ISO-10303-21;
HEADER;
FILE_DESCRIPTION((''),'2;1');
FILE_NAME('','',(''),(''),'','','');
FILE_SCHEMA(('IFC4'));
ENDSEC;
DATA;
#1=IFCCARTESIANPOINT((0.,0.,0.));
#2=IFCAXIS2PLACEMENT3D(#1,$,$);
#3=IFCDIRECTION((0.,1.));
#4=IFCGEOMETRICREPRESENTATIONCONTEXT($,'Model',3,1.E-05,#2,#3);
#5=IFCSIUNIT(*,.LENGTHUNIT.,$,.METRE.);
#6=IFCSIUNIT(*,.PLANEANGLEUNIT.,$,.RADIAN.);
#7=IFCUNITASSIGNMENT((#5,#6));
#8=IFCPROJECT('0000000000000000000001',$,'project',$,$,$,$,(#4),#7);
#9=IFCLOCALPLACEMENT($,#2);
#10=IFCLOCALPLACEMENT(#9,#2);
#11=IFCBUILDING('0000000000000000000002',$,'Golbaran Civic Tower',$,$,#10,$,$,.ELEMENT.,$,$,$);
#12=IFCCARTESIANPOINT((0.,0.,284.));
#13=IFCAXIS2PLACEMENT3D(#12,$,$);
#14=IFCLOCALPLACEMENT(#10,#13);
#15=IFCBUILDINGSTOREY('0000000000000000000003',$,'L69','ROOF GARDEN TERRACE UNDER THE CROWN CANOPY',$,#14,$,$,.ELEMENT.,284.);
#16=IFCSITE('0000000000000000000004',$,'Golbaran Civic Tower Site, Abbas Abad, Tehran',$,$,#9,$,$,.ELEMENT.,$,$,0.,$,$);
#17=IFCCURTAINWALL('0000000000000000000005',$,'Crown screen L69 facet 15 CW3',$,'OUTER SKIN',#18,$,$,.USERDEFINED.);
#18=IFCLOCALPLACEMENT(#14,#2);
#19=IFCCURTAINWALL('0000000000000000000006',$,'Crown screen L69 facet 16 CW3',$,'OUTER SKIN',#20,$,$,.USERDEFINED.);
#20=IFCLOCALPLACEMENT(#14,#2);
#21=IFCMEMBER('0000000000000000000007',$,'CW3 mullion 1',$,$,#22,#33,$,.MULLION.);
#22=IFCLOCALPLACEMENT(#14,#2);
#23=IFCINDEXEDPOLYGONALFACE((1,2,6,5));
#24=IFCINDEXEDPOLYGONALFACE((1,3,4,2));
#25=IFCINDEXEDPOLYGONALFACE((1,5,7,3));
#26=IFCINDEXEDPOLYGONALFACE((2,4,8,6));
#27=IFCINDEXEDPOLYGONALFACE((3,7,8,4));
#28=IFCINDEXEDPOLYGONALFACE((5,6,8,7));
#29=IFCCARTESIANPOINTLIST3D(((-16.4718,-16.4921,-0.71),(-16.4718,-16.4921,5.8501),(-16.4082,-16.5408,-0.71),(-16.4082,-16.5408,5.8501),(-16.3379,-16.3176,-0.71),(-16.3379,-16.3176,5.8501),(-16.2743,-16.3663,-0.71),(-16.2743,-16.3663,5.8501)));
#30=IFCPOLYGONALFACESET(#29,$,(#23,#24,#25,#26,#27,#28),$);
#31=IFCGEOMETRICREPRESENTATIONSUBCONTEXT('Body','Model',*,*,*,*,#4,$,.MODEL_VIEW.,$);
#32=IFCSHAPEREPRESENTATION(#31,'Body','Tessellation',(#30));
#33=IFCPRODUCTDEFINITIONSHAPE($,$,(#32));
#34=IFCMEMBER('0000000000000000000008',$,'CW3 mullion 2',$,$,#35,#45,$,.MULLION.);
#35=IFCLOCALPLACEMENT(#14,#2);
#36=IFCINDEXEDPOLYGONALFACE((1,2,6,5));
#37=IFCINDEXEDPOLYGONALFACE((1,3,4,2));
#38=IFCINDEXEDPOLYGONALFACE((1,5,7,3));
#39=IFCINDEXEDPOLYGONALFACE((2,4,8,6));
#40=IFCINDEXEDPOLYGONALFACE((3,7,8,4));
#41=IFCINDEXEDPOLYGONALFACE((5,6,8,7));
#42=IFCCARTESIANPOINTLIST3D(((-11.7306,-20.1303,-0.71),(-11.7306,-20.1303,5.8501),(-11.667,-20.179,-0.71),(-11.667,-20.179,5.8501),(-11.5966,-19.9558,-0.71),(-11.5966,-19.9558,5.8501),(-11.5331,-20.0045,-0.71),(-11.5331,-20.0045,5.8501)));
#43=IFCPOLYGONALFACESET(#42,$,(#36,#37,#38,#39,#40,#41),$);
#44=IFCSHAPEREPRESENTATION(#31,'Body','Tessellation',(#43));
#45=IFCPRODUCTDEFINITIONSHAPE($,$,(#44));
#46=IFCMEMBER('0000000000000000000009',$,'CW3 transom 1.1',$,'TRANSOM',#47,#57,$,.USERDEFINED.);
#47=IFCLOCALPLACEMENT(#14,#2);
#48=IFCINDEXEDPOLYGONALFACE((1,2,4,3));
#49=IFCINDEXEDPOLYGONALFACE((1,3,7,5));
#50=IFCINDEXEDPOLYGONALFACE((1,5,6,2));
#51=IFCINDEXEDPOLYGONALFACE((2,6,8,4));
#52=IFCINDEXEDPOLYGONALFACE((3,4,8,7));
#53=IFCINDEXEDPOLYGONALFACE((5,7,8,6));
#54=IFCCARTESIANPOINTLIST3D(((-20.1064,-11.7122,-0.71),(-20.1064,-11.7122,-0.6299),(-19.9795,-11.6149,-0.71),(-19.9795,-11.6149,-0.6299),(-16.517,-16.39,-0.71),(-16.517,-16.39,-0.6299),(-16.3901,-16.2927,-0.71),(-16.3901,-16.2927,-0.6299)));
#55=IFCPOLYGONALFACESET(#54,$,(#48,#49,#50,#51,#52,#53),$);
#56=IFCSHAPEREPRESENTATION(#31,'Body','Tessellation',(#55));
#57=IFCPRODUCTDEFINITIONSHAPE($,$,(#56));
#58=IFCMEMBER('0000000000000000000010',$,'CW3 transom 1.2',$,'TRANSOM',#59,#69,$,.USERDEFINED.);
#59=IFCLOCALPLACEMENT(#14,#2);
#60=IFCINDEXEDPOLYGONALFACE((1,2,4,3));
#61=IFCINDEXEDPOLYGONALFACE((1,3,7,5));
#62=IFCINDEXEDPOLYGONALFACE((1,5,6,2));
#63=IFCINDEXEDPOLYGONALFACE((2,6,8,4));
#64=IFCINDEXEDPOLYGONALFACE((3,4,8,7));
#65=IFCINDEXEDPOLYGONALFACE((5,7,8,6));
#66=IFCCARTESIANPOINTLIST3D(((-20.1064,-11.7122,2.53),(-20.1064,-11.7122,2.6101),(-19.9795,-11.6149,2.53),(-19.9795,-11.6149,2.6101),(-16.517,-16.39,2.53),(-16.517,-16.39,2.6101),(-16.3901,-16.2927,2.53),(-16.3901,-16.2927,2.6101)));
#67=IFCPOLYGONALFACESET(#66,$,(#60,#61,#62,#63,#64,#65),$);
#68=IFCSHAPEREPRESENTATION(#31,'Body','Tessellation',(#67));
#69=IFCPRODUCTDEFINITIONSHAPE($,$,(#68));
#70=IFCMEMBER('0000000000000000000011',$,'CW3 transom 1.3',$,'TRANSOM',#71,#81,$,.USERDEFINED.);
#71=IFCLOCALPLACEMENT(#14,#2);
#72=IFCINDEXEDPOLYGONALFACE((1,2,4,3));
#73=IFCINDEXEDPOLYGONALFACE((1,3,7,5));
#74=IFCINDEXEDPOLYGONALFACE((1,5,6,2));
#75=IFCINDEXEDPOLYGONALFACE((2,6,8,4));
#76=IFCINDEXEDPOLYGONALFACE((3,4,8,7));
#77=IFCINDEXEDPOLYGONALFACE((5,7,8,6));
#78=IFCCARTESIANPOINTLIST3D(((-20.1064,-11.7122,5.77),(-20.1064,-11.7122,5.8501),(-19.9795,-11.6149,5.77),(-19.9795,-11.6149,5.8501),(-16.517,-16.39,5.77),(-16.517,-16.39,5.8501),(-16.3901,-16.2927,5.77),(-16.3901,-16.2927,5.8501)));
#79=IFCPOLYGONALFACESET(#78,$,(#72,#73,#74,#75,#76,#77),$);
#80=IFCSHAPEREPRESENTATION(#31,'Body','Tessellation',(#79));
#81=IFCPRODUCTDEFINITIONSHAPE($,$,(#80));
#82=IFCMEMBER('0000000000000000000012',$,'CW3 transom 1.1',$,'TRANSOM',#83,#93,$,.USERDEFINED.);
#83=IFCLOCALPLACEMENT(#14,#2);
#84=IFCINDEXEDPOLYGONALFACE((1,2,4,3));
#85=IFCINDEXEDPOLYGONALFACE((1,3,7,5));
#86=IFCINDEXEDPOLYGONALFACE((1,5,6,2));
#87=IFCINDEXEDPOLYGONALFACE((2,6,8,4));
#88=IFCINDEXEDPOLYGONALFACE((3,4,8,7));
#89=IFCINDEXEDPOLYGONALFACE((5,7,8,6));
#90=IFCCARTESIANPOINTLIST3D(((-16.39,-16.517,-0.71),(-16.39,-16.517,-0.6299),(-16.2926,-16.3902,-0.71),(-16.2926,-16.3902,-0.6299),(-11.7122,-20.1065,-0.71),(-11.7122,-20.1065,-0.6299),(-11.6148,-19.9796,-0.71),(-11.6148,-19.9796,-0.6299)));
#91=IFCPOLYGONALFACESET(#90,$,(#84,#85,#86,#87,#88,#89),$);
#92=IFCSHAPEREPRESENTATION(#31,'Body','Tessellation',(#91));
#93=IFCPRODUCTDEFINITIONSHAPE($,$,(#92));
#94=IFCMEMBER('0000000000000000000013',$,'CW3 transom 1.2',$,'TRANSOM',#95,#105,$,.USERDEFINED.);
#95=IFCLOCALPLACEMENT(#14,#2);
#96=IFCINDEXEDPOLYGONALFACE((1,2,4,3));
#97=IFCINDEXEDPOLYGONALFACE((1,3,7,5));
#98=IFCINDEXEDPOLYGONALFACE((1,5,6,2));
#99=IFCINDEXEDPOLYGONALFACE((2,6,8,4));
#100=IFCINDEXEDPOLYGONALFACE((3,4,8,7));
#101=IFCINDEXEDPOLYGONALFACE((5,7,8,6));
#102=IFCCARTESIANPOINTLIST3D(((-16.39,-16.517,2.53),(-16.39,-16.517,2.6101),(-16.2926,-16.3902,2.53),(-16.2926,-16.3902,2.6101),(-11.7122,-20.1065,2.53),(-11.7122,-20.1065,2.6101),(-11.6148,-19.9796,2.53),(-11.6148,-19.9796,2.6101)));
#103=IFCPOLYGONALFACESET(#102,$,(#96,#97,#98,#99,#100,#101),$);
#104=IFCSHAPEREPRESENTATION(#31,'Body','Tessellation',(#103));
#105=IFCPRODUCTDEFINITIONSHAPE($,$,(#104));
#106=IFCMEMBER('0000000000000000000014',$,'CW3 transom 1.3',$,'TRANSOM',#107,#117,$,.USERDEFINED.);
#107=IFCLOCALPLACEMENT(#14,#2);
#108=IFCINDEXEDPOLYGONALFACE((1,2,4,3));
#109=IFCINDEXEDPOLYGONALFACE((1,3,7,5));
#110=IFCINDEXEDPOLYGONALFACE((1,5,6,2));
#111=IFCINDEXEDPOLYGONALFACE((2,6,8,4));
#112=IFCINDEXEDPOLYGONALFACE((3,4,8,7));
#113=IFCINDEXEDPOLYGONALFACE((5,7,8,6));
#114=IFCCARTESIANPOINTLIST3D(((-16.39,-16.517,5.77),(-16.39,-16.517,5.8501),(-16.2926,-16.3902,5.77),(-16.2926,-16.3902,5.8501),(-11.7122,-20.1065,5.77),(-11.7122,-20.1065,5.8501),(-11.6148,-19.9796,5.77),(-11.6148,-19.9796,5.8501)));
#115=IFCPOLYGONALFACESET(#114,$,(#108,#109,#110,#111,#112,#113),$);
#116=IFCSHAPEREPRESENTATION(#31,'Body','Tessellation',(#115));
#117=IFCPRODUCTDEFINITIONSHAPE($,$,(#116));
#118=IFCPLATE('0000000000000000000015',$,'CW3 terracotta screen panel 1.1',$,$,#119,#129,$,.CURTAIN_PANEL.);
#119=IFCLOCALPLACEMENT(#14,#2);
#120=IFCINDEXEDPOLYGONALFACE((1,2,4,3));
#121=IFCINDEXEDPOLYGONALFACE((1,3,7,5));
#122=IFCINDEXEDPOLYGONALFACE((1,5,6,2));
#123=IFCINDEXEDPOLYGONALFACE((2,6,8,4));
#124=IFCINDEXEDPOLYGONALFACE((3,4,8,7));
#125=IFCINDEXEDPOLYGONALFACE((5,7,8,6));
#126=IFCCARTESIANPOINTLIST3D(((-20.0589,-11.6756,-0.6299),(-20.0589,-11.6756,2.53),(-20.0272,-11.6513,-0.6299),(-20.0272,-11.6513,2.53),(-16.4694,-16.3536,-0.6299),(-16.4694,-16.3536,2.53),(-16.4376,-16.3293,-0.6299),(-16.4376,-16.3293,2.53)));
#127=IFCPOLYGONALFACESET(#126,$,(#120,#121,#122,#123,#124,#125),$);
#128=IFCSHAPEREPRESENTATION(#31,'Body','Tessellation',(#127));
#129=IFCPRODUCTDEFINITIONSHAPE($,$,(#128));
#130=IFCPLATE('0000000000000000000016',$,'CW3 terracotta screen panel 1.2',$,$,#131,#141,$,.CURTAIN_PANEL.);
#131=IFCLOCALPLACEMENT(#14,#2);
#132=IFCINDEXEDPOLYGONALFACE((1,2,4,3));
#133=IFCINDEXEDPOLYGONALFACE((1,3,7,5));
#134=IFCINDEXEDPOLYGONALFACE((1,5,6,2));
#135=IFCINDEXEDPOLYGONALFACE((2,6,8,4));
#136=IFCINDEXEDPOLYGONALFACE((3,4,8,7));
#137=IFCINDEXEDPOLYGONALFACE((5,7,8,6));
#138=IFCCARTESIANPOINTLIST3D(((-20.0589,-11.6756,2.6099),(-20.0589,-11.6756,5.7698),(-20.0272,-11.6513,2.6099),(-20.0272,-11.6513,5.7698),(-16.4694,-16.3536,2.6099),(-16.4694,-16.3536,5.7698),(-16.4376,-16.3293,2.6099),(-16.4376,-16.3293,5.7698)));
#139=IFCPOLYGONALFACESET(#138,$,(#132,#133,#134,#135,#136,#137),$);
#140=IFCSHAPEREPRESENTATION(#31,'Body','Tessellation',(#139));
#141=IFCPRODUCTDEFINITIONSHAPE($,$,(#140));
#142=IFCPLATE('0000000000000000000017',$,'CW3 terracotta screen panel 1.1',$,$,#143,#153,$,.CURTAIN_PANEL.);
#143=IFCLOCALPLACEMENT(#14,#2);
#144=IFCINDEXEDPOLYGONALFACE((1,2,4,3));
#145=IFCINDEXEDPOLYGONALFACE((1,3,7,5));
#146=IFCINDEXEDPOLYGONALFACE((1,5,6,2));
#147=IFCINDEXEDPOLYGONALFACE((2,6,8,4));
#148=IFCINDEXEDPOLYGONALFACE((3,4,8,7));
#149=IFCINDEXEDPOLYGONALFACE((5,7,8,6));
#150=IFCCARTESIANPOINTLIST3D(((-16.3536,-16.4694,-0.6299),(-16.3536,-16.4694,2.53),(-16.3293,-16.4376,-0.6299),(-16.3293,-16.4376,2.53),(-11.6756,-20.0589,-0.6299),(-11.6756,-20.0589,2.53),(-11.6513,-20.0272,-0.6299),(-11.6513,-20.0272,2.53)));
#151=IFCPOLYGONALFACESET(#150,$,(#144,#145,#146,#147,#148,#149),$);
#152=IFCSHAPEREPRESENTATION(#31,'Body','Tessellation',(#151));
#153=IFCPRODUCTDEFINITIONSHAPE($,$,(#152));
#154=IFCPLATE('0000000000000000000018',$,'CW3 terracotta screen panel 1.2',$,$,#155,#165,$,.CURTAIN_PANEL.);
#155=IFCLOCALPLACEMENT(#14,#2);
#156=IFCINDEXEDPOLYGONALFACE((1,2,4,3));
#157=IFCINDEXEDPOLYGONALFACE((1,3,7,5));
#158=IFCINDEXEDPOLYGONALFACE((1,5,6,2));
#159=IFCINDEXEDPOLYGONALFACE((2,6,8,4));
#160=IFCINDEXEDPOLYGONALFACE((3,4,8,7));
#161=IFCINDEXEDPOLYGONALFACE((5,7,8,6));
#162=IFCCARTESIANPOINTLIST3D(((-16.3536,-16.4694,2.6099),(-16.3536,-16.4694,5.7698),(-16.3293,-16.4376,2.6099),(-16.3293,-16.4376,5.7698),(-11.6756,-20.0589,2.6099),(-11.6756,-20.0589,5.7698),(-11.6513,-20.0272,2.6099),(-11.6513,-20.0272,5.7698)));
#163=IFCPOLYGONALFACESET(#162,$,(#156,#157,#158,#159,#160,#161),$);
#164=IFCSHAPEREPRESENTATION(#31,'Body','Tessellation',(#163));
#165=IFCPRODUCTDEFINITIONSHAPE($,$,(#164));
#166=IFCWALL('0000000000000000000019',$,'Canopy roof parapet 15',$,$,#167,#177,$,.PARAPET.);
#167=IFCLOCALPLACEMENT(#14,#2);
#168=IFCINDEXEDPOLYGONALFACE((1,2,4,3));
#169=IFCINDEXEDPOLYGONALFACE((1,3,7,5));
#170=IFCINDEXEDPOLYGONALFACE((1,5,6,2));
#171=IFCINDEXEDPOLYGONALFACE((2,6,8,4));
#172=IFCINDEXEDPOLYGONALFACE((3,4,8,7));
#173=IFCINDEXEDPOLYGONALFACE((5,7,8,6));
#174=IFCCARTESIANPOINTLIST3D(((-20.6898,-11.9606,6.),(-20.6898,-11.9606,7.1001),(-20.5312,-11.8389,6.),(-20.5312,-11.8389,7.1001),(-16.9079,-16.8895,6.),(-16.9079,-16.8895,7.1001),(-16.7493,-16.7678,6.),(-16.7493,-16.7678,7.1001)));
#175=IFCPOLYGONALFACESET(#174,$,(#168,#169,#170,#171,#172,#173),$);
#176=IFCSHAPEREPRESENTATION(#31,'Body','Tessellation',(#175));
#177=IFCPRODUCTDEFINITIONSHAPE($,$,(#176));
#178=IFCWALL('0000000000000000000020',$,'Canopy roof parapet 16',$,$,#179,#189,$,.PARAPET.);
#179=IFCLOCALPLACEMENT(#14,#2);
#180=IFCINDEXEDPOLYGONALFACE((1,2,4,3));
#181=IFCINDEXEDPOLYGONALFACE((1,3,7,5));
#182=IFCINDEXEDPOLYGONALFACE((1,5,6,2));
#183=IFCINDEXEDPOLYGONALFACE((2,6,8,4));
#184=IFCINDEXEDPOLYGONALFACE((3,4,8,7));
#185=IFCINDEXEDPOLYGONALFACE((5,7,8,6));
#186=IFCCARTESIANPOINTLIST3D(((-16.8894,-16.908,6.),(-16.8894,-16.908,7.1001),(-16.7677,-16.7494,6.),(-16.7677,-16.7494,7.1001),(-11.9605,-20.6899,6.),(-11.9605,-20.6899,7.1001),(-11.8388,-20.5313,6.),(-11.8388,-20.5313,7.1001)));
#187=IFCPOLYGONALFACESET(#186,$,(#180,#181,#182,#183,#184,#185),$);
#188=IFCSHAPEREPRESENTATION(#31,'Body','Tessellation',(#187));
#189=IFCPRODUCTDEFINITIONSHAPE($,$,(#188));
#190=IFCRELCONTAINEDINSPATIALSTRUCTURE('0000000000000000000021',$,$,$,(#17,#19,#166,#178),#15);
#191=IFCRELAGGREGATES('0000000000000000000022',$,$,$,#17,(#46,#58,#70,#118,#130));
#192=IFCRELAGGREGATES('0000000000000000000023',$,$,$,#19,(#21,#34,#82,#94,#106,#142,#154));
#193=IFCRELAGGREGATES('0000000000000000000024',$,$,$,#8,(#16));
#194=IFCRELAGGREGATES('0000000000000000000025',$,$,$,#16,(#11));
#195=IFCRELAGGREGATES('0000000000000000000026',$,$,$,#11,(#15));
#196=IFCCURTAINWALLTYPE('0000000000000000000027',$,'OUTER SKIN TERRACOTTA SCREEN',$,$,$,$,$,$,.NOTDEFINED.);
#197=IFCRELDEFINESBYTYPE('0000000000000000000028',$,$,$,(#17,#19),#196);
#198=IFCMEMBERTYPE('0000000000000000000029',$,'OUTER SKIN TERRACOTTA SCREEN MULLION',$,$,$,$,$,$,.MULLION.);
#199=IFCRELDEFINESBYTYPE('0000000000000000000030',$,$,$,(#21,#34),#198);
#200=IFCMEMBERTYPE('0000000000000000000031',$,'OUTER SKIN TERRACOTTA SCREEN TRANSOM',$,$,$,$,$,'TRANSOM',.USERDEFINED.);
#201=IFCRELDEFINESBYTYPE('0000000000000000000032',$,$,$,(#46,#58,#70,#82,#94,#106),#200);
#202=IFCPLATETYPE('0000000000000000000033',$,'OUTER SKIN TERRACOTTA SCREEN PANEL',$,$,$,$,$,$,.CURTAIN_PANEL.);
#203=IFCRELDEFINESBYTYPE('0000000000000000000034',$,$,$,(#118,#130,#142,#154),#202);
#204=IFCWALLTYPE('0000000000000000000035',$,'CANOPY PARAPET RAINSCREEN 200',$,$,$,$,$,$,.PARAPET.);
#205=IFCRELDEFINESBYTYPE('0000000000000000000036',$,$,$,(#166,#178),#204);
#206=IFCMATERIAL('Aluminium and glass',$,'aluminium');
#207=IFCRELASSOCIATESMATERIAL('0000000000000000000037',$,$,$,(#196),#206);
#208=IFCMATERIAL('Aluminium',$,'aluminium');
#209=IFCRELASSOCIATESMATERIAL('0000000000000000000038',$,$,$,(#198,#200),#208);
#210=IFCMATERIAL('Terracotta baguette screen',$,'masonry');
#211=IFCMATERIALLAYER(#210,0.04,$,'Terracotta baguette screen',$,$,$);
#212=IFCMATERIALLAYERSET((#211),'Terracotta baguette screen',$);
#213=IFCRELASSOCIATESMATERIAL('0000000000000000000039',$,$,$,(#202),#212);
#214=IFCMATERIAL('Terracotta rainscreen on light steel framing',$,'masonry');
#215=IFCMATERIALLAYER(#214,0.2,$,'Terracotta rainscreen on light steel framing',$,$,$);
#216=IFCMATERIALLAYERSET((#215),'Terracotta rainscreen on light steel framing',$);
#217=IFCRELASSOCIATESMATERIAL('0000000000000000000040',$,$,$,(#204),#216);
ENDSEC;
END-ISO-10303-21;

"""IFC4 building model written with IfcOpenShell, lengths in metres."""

from ifc_helpers import new_model, si_unit, direction, frame, frame_2d, origin, origin_2d, place, context, subcontext, project, spatial, rectangle, extrude, material, layer, layer_set, material_profile, profile_set, type_object, element, aggregate, save


model = new_model("IFC4")

# Units and contexts
model_context = context("Model", 3, precision=1e-05, world=origin(), true_north=direction((0.0, 1.0)))
body_context = subcontext(model_context, "Body", "Model", "MODEL_VIEW")
ifc_project = project(units=[si_unit("LENGTHUNIT", "METRE"), si_unit("PLANEANGLEUNIT", "RADIAN")], contexts=[model_context])

# Site, building, storey
site_placement = place(None, origin())
site = spatial("IfcSite", under=ifc_project, at=site_placement, Name="Golbaran Civic Tower Site, Abbas Abad, Tehran", CompositionType="ELEMENT", RefElevation=0.0)
building_placement = place(site_placement, origin())
building = spatial("IfcBuilding", under=site, at=building_placement, Name="Golbaran Civic Tower", CompositionType="ELEMENT")
storey_placement = place(building_placement, frame((0.0, 0.0, 284.0)))
storey = spatial("IfcBuildingStorey", under=building, at=storey_placement, Name="L69", Description="ROOF GARDEN TERRACE UNDER THE CROWN CANOPY", CompositionType="ELEMENT", Elevation=284.0)

# Shared definitions
ifc_material_1 = material(Name="Aluminium and glass", Category="aluminium")
curtain_wall_type = type_object("IfcCurtainWallType", Name="OUTER SKIN TERRACOTTA SCREEN", PredefinedType="NOTDEFINED", material=ifc_material_1)
ifc_material_2 = material(Name="Aluminium", Category="aluminium")
ifc_material_profile_1 = material_profile(ifc_material_2, rectangle(XDim=0.22, YDim=0.0801, at=origin_2d()), Name="OUTER SKIN TERRACOTTA SCREEN MULLION")
ifc_profile_set_1 = profile_set([ifc_material_profile_1], Name="Aluminium")
member_type_1 = type_object("IfcMemberType", Name="OUTER SKIN TERRACOTTA SCREEN MULLION", PredefinedType="MULLION", material=ifc_profile_set_1)

# Curtain walls, members
curtain_wall_1_placement = place(storey_placement, origin())
curtain_wall_1 = element("IfcCurtainWall", 1, at=curtain_wall_1_placement, inside=storey, type_object=curtain_wall_type, Name="Crown screen L69 facet 15 CW3", ObjectType="OUTER SKIN", PredefinedType="USERDEFINED")
curtain_wall_2_placement = place(storey_placement, origin())
curtain_wall_2 = element("IfcCurtainWall", 2, at=curtain_wall_2_placement, inside=storey, type_object=curtain_wall_type, Name="Crown screen L69 facet 16 CW3", ObjectType="OUTER SKIN", PredefinedType="USERDEFINED")
member_1_placement = place(storey_placement, frame((-16.373, -16.4292, -0.71), z_axis=(0.0, 0.0, 1.0), x_axis=(0.608761, 0.793353, 0.0)))
member_1 = element("IfcMember", 3, at=member_1_placement, type_object=member_type_1, Name="CW3 mullion 1", PredefinedType="MULLION", context=body_context, shape_type="SweptSolid", body=[
    extrude(rectangle(XDim=0.22, YDim=0.0801, at=origin_2d()), origin(), (0.0, 0.0, 1.0), 6.5601),
])
member_2_placement = place(storey_placement, frame((-11.6318, -20.0674, -0.71), z_axis=(0.0, 0.0, 1.0), x_axis=(0.608761, 0.793353, 0.0)))
member_2 = element("IfcMember", 4, at=member_2_placement, type_object=member_type_1, Name="CW3 mullion 2", PredefinedType="MULLION", context=body_context, shape_type="SweptSolid", body=[
    extrude(rectangle(XDim=0.22, YDim=0.0801, at=origin_2d()), origin(), (0.0, 0.0, 1.0), 6.5601),
])

# Members
ifc_material_profile_2 = material_profile(ifc_material_2, rectangle(XDim=0.1599, YDim=0.0801, at=origin_2d()), Name="OUTER SKIN TERRACOTTA SCREEN TRANSOM")
ifc_profile_set_2 = profile_set([ifc_material_profile_2], Name="Aluminium")
member_type_2 = type_object("IfcMemberType", Name="OUTER SKIN TERRACOTTA SCREEN TRANSOM", ElementType="TRANSOM", PredefinedType="USERDEFINED", material=ifc_profile_set_2)
member_3_placement = place(storey_placement, frame((-20.043, -11.6636, -0.6699), z_axis=(0.608762, -0.793353, 0.0), x_axis=(0.793353, 0.608762, 0.0)))
member_3 = element("IfcMember", 5, at=member_3_placement, type_object=member_type_2, Name="CW3 transom 1.1", ObjectType="TRANSOM", PredefinedType="USERDEFINED", context=body_context, shape_type="SweptSolid", body=[
    extrude(rectangle(XDim=0.1599, YDim=0.0801, at=origin_2d()), origin(), (0.0, 0.0, 1.0), 5.8962),
])
member_4_placement = place(storey_placement, frame((-20.043, -11.6636, 2.5701), z_axis=(0.608762, -0.793353, 0.0), x_axis=(0.793353, 0.608762, 0.0)))
member_4 = element("IfcMember", 6, at=member_4_placement, type_object=member_type_2, Name="CW3 transom 1.2", ObjectType="TRANSOM", PredefinedType="USERDEFINED", context=body_context, shape_type="SweptSolid", body=[
    extrude(rectangle(XDim=0.1599, YDim=0.0801, at=origin_2d()), origin(), (0.0, 0.0, 1.0), 5.8962),
])
member_5_placement = place(storey_placement, frame((-20.043, -11.6636, 5.8101), z_axis=(0.608762, -0.793353, 0.0), x_axis=(0.793353, 0.608762, 0.0)))
member_5 = element("IfcMember", 7, at=member_5_placement, type_object=member_type_2, Name="CW3 transom 1.3", ObjectType="TRANSOM", PredefinedType="USERDEFINED", context=body_context, shape_type="SweptSolid", body=[
    extrude(rectangle(XDim=0.1599, YDim=0.0801, at=origin_2d()), origin(), (0.0, 0.0, 1.0), 5.8962),
])
member_6_placement = place(storey_placement, frame((-16.3413, -16.4536, -0.6699), z_axis=(0.793353, -0.608762, 0.0), x_axis=(0.608762, 0.793353, 0.0)))
member_6 = element("IfcMember", 8, at=member_6_placement, type_object=member_type_2, Name="CW3 transom 1.1", ObjectType="TRANSOM", PredefinedType="USERDEFINED", context=body_context, shape_type="SweptSolid", body=[
    extrude(rectangle(XDim=0.1599, YDim=0.0801, at=origin_2d()), origin(), (0.0, 0.0, 1.0), 5.8962),
])
member_7_placement = place(storey_placement, frame((-16.3413, -16.4536, 2.5701), z_axis=(0.793353, -0.608762, 0.0), x_axis=(0.608762, 0.793353, 0.0)))
member_7 = element("IfcMember", 9, at=member_7_placement, type_object=member_type_2, Name="CW3 transom 1.2", ObjectType="TRANSOM", PredefinedType="USERDEFINED", context=body_context, shape_type="SweptSolid", body=[
    extrude(rectangle(XDim=0.1599, YDim=0.0801, at=origin_2d()), origin(), (0.0, 0.0, 1.0), 5.8962),
])
member_8_placement = place(storey_placement, frame((-16.3413, -16.4536, 5.8101), z_axis=(0.793353, -0.608762, 0.0), x_axis=(0.608762, 0.793353, 0.0)))
member_8 = element("IfcMember", 10, at=member_8_placement, type_object=member_type_2, Name="CW3 transom 1.3", ObjectType="TRANSOM", PredefinedType="USERDEFINED", context=body_context, shape_type="SweptSolid", body=[
    extrude(rectangle(XDim=0.1599, YDim=0.0801, at=origin_2d()), origin(), (0.0, 0.0, 1.0), 5.8962),
])

# Plates
ifc_material_3 = material(Name="Terracotta baguette screen", Category="masonry")
ifc_layer_1 = layer(ifc_material_3, 0.04, Name="Terracotta baguette screen")
ifc_layer_set_1 = layer_set([ifc_layer_1], Name="Terracotta baguette screen")
plate_type = type_object("IfcPlateType", Name="OUTER SKIN TERRACOTTA SCREEN PANEL", PredefinedType="CURTAIN_PANEL", material=ifc_layer_set_1)
plate_1_placement = place(storey_placement, frame((-18.2483, -14.0024, -0.6299), z_axis=(0.0, 0.0, 1.0), x_axis=(0.608761, -0.793353, 0.0)))
plate_1 = element("IfcPlate", 11, at=plate_1_placement, type_object=plate_type, Name="CW3 terracotta screen panel 1.1", PredefinedType="CURTAIN_PANEL", context=body_context, shape_type="SweptSolid", body=[
    extrude(rectangle(XDim=5.8965, YDim=0.04, at=origin_2d()), origin(), (0.0, 0.0, 1.0), 3.1599),
])
plate_2_placement = place(storey_placement, frame((-18.2483, -14.0024, 2.6099), z_axis=(0.0, 0.0, 1.0), x_axis=(0.608761, -0.793353, 0.0)))
plate_2 = element("IfcPlate", 12, at=plate_2_placement, type_object=plate_type, Name="CW3 terracotta screen panel 1.2", PredefinedType="CURTAIN_PANEL", context=body_context, shape_type="SweptSolid", body=[
    extrude(rectangle(XDim=5.8965, YDim=0.04, at=origin_2d()), origin(), (0.0, 0.0, 1.0), 3.1599),
])
aggregate(curtain_wall_1, [member_3, member_4, member_5, plate_1, plate_2])
plate_3_placement = place(storey_placement, frame((-14.0024, -18.2483, -0.6299), z_axis=(0.0, 0.0, 1.0), x_axis=(0.793353, -0.608761, 0.0)))
plate_3 = element("IfcPlate", 13, at=plate_3_placement, type_object=plate_type, Name="CW3 terracotta screen panel 1.1", PredefinedType="CURTAIN_PANEL", context=body_context, shape_type="SweptSolid", body=[
    extrude(rectangle(XDim=5.8965, YDim=0.04, at=origin_2d()), origin(), (0.0, 0.0, 1.0), 3.1599),
])
plate_4_placement = place(storey_placement, frame((-14.0024, -18.2483, 2.6099), z_axis=(0.0, 0.0, 1.0), x_axis=(0.793353, -0.608761, 0.0)))
plate_4 = element("IfcPlate", 14, at=plate_4_placement, type_object=plate_type, Name="CW3 terracotta screen panel 1.2", PredefinedType="CURTAIN_PANEL", context=body_context, shape_type="SweptSolid", body=[
    extrude(rectangle(XDim=5.8965, YDim=0.04, at=origin_2d()), origin(), (0.0, 0.0, 1.0), 3.1599),
])
aggregate(curtain_wall_2, [member_1, member_2, member_6, member_7, member_8, plate_3, plate_4])

# Walls
ifc_material_4 = material(Name="Terracotta rainscreen on light steel framing", Category="masonry")
ifc_layer_2 = layer(ifc_material_4, 0.2, Name="Terracotta rainscreen on light steel framing")
ifc_layer_set_2 = layer_set([ifc_layer_2], Name="Terracotta rainscreen on light steel framing")
wall_type = type_object("IfcWallType", Name="CANOPY PARAPET RAINSCREEN 200", PredefinedType="PARAPET", material=ifc_layer_set_2)
for number, where, z_axis, x_axis, name in (
    (15, (-20.6106, -11.8997, 6.0), (0.0, 0.0, 1.0), (0.608747, -0.793364, 0.0), "Canopy roof parapet 15"),
    (16, (-16.8286, -16.8286, 6.0), (0.0, 0.0, 1.0), (0.793364, -0.608747, 0.0), "Canopy roof parapet 16"),
):
    element("IfcWall", number, at=place(storey_placement, frame(where, z_axis=z_axis, x_axis=x_axis)), inside=storey, type_object=wall_type, Name=name, PredefinedType="PARAPET", context=body_context, shape_type="SweptSolid", body=[
        extrude(rectangle(XDim=6.2126, YDim=0.2, at=frame_2d((3.1064, 0.0))), origin(), (0.0, 0.0, 1.0), 1.1001),
    ])

save(model, "model.ifc")
